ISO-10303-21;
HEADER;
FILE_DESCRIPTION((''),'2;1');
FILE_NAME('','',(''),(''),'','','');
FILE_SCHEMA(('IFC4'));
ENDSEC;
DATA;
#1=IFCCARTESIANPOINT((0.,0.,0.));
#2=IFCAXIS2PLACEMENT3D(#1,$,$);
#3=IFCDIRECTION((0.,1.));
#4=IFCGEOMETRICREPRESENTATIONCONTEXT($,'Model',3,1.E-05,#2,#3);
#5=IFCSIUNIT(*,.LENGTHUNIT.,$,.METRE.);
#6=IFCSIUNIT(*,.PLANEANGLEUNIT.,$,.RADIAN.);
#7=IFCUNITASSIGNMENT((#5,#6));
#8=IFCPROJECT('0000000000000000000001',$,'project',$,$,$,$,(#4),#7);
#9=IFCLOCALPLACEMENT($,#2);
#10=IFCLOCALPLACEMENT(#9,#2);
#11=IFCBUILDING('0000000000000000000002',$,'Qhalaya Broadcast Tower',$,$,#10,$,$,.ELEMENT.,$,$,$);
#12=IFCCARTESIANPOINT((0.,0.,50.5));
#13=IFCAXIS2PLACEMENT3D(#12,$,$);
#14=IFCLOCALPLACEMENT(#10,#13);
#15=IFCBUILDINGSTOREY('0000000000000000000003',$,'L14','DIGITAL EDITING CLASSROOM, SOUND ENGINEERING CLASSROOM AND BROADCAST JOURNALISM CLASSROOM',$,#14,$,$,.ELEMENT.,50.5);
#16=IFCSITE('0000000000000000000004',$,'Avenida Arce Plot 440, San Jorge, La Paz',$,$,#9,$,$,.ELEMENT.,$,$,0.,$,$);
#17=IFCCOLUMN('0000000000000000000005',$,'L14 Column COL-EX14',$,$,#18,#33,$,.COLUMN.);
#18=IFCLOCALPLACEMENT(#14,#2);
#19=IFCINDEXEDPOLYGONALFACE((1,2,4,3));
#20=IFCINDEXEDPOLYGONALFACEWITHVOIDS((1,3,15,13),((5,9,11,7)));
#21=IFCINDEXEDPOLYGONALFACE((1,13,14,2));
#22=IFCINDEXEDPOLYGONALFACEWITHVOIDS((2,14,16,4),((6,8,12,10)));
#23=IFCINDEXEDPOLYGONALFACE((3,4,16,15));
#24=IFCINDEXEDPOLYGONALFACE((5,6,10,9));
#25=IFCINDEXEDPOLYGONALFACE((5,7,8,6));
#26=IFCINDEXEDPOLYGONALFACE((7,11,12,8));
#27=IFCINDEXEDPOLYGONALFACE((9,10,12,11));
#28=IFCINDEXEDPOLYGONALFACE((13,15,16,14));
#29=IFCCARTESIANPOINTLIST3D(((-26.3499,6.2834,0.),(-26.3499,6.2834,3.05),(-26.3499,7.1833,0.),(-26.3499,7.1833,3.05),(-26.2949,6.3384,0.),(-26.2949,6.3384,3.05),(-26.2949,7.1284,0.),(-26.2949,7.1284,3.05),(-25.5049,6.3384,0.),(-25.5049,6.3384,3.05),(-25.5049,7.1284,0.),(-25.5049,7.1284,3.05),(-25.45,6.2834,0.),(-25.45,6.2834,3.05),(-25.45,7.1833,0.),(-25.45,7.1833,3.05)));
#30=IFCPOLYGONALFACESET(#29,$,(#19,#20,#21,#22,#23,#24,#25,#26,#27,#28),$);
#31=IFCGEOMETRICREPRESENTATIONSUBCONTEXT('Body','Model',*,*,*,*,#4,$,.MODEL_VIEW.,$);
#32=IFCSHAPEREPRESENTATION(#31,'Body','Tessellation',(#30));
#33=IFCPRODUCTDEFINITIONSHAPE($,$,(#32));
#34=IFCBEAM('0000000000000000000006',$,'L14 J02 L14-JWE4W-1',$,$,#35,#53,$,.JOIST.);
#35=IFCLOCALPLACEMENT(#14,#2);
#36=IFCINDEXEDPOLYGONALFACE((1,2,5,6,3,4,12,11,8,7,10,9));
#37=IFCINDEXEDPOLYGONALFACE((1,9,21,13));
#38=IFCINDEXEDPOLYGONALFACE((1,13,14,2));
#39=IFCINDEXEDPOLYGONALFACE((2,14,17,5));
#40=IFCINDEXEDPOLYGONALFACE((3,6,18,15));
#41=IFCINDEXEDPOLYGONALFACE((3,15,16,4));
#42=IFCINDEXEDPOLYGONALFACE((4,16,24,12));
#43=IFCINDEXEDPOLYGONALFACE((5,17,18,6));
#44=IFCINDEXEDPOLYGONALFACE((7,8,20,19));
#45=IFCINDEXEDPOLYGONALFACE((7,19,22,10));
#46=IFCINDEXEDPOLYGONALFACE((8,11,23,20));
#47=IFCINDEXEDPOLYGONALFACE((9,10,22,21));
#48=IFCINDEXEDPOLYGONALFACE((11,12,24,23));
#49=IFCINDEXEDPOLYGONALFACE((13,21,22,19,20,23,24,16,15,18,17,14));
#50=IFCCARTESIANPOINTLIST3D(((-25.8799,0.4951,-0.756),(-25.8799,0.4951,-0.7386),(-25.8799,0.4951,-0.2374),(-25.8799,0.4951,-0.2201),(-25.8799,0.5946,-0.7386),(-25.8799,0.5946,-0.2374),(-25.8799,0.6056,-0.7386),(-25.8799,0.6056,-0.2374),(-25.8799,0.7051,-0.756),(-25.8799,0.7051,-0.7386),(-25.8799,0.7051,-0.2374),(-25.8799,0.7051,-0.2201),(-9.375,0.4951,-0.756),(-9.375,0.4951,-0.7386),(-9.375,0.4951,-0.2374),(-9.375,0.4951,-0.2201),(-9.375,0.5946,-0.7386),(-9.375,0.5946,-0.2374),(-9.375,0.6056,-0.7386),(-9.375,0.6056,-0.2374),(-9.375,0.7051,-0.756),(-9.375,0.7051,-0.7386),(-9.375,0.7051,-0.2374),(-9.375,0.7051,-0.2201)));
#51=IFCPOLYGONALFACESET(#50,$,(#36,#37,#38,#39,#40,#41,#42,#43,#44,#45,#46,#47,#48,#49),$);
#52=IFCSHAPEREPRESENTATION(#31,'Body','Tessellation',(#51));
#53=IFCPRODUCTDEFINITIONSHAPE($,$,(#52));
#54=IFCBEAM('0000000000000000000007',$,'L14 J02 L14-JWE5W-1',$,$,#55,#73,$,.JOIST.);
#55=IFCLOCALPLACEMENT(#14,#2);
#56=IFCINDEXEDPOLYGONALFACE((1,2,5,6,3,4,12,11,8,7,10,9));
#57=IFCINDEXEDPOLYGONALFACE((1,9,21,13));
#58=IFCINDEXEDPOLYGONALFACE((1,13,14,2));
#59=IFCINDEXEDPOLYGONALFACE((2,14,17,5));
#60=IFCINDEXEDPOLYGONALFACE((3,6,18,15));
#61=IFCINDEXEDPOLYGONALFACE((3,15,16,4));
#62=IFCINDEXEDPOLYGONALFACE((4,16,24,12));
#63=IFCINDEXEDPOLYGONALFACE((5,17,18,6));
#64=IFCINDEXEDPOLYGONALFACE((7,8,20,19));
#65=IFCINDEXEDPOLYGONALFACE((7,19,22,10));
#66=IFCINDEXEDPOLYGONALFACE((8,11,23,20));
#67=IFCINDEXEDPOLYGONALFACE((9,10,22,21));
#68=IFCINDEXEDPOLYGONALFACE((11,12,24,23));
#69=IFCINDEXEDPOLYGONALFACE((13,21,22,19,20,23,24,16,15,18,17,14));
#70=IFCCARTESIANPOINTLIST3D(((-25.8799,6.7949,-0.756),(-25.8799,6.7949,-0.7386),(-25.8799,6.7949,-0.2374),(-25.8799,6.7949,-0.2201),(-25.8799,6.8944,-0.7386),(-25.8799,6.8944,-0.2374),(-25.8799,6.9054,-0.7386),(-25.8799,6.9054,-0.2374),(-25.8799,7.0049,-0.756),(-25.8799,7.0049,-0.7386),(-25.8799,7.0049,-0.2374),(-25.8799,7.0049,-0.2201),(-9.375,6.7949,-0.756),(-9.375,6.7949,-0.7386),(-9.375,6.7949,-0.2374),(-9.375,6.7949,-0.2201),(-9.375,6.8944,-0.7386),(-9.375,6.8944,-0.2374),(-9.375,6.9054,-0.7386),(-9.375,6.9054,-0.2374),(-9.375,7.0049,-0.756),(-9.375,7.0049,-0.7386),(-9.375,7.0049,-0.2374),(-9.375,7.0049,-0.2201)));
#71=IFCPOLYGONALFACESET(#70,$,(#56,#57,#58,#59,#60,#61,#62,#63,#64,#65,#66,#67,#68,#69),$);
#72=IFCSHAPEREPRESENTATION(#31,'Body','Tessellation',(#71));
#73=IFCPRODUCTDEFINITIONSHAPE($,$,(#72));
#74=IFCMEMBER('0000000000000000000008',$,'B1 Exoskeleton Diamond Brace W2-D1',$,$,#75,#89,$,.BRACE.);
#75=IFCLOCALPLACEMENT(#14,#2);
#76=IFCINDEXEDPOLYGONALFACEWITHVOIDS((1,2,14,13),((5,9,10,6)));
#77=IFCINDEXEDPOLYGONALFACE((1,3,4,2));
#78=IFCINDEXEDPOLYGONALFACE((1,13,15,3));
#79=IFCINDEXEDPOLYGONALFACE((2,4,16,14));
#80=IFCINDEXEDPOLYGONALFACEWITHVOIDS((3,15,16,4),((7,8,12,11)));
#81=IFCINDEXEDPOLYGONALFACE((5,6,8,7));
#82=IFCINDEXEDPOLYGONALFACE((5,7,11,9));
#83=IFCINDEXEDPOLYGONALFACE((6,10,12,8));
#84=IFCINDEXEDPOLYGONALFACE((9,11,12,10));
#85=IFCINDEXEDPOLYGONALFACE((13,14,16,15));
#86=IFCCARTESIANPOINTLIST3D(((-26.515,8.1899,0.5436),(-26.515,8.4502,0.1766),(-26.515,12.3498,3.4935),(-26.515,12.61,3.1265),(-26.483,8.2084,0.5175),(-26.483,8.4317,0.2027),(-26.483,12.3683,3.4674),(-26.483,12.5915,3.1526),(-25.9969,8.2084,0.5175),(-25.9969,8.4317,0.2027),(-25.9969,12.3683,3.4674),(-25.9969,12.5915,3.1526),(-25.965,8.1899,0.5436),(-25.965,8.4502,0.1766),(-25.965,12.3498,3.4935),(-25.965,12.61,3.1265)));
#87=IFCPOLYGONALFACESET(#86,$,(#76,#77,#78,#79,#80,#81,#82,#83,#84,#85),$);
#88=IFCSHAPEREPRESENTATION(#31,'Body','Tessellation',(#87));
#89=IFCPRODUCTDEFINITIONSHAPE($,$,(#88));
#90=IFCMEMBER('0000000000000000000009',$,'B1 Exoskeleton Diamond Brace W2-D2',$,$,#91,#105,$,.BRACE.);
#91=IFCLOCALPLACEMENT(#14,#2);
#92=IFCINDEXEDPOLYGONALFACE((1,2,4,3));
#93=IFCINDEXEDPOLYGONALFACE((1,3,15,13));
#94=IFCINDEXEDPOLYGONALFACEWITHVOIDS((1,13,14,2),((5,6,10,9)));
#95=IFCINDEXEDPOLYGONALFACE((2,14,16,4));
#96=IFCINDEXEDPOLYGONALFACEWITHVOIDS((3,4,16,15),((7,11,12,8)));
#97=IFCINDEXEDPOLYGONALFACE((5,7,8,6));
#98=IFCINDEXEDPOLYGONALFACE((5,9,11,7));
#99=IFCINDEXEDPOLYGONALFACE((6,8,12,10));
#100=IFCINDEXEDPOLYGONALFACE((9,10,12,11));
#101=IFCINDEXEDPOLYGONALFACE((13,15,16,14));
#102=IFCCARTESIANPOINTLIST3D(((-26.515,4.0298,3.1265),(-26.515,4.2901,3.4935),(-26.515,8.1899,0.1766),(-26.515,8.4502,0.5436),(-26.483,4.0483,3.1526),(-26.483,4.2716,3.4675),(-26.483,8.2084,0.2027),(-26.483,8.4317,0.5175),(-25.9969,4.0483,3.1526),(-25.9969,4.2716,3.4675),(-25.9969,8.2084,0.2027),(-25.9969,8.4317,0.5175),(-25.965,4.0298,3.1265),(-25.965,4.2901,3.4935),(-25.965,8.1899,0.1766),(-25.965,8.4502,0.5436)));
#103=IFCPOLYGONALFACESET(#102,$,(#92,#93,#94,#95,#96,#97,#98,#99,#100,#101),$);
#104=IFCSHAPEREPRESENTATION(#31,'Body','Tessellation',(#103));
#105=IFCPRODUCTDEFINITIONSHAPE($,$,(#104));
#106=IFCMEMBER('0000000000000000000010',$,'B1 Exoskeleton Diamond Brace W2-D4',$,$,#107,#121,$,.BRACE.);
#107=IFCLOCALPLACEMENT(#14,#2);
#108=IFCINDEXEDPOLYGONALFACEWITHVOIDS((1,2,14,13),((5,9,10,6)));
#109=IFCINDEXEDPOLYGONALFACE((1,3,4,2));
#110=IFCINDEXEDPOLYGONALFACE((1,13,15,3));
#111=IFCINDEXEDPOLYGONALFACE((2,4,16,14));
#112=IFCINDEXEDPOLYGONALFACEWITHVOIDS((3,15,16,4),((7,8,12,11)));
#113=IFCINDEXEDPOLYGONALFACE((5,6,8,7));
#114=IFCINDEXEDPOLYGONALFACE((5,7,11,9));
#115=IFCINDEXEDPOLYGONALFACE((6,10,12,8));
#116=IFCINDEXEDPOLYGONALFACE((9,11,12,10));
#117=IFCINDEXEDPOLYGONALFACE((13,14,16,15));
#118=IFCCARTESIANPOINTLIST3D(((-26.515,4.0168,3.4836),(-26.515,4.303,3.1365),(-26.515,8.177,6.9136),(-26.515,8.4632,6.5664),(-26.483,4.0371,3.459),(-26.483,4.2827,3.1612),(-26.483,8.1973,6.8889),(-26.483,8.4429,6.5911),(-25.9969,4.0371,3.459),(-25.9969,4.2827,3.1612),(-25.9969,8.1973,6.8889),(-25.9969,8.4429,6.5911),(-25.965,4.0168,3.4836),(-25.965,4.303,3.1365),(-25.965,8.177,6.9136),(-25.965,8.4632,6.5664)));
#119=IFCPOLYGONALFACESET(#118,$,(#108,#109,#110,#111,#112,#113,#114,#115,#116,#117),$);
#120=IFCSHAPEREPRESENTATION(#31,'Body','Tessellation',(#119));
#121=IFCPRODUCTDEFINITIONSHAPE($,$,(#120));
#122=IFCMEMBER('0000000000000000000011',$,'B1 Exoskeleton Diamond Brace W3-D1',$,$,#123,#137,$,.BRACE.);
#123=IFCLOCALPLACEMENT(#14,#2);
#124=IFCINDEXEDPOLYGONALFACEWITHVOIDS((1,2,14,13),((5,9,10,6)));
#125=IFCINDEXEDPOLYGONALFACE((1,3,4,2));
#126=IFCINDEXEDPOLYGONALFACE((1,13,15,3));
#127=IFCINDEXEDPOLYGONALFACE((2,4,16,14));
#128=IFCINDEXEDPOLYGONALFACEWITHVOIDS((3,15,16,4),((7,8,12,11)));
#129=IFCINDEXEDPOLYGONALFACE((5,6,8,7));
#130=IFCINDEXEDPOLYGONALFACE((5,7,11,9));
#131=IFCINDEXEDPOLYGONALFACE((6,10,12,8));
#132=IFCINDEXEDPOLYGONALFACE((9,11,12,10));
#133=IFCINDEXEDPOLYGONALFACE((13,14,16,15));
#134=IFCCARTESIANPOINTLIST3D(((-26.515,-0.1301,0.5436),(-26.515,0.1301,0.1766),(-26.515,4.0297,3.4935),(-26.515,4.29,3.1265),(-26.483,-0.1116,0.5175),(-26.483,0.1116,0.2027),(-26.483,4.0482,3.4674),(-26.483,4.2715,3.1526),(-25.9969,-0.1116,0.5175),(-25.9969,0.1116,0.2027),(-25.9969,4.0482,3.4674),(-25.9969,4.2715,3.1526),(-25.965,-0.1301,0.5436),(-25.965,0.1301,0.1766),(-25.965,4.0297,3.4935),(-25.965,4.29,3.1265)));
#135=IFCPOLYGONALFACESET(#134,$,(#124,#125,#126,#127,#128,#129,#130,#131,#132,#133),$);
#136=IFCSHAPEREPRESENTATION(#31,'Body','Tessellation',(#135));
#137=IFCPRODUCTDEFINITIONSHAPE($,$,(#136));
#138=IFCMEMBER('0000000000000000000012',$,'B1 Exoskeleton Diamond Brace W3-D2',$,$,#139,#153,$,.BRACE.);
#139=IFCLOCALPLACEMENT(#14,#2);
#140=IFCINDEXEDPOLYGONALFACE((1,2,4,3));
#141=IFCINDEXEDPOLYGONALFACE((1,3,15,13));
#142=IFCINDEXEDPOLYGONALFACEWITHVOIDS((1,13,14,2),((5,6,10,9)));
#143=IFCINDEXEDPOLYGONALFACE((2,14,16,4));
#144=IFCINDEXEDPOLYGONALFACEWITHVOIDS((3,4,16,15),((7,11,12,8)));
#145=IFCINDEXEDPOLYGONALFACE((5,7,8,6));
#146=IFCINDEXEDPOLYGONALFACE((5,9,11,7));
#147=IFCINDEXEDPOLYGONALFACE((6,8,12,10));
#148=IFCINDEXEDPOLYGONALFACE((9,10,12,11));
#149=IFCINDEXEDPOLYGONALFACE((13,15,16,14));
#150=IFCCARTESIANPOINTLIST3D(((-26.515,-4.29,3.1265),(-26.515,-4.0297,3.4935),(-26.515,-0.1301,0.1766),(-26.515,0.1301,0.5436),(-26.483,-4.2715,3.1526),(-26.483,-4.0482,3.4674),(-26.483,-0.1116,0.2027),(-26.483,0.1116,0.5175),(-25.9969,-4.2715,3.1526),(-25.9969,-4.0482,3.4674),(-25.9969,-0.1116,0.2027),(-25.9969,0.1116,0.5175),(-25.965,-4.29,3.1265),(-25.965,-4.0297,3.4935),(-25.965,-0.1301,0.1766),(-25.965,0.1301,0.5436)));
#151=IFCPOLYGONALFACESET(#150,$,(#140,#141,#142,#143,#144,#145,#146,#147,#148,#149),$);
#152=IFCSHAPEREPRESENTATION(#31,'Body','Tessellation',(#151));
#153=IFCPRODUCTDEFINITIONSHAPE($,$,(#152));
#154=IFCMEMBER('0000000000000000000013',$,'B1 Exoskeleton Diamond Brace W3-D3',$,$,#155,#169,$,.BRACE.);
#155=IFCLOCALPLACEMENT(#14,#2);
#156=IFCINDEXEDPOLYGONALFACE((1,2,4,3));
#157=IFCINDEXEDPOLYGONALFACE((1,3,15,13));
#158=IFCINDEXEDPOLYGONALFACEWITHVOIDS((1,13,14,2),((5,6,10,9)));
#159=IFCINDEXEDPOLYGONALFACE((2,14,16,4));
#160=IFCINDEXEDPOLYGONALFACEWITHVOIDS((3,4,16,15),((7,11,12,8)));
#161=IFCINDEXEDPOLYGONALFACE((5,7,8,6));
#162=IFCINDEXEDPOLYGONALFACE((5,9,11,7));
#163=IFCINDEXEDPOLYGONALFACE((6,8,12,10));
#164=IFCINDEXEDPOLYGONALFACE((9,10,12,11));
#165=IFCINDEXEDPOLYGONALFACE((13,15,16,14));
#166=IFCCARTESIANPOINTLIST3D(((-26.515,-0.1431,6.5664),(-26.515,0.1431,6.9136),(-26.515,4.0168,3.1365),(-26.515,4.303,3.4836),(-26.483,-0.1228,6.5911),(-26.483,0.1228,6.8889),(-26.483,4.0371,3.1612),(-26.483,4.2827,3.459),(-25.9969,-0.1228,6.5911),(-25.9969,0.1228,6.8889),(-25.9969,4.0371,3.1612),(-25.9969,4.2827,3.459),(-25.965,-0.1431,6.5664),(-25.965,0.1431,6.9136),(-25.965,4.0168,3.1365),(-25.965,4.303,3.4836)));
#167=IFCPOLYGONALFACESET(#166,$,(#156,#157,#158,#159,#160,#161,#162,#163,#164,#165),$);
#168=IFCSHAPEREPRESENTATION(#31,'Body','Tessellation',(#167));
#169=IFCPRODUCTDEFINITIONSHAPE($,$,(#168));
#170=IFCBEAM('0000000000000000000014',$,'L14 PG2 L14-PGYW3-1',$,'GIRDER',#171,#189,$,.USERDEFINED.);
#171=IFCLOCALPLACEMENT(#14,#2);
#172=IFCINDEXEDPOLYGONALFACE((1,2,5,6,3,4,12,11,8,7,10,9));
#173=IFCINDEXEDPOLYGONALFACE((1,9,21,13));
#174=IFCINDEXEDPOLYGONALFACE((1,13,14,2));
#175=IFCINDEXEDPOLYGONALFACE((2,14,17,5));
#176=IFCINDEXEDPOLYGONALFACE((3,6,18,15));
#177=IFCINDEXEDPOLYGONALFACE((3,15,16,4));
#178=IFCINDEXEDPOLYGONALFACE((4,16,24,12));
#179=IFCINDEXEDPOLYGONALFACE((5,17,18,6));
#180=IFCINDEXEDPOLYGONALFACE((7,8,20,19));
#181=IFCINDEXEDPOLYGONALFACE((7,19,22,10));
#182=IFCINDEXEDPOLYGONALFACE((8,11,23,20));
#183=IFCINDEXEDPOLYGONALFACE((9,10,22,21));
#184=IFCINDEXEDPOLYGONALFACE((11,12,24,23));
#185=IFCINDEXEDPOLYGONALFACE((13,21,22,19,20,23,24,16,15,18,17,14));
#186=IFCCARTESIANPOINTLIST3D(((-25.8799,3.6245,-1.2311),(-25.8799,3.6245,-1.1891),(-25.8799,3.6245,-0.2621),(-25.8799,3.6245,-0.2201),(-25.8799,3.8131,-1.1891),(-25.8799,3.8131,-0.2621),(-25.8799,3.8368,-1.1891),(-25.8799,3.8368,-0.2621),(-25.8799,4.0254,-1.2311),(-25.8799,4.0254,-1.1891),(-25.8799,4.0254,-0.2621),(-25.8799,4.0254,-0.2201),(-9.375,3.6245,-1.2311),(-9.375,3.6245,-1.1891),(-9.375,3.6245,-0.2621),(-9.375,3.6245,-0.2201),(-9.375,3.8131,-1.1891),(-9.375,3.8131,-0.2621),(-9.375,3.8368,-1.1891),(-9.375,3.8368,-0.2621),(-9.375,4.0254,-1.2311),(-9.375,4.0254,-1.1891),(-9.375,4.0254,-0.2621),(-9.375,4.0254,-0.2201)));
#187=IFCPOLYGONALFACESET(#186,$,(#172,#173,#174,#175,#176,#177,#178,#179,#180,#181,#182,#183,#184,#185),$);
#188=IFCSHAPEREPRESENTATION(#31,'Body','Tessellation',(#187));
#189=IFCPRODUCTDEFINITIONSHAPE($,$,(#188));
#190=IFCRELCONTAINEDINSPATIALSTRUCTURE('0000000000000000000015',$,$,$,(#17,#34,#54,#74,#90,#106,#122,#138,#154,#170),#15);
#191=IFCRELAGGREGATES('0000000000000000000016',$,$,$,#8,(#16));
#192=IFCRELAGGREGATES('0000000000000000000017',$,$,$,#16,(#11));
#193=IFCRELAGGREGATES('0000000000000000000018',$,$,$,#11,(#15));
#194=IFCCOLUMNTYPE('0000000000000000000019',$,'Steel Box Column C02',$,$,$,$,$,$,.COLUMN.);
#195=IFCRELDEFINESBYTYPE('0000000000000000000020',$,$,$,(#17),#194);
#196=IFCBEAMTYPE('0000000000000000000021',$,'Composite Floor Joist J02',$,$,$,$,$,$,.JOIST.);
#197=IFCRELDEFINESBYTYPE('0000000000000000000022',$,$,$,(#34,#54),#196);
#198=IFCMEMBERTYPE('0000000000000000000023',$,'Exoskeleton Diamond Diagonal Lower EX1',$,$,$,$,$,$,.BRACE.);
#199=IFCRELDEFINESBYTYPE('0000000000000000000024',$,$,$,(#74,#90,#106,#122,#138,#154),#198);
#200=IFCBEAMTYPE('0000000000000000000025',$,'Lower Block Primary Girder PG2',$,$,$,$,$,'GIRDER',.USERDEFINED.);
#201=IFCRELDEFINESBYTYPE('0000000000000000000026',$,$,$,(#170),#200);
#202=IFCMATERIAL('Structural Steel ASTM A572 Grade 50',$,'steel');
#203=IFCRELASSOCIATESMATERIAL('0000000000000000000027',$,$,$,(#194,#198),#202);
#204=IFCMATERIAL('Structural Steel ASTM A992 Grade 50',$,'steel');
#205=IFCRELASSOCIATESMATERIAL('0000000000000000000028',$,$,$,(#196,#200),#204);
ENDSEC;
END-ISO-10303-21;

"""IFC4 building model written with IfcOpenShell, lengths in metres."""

from ifc_helpers import new_model, si_unit, direction, frame, origin, origin_2d, place, context, subcontext, project, spatial, hollow_rectangle, i_section, extrude, material, material_profile, profile_set, type_object, element, save


model = new_model("IFC4")

# Units and contexts
model_context = context("Model", 3, precision=1e-05, world=origin(), true_north=direction((0.0, 1.0)))
body_context = subcontext(model_context, "Body", "Model", "MODEL_VIEW")
ifc_project = project(units=[si_unit("LENGTHUNIT", "METRE"), si_unit("PLANEANGLEUNIT", "RADIAN")], contexts=[model_context])

# Site, building, storey
site_placement = place(None, origin())
site = spatial("IfcSite", under=ifc_project, at=site_placement, Name="Avenida Arce Plot 440, San Jorge, La Paz", CompositionType="ELEMENT", RefElevation=0.0)
building_placement = place(site_placement, origin())
building = spatial("IfcBuilding", under=site, at=building_placement, Name="Qhalaya Broadcast Tower", CompositionType="ELEMENT")
storey_placement = place(building_placement, frame((0.0, 0.0, 50.5)))
storey = spatial("IfcBuildingStorey", under=building, at=storey_placement, Name="L14", Description="DIGITAL EDITING CLASSROOM, SOUND ENGINEERING CLASSROOM AND BROADCAST JOURNALISM CLASSROOM", CompositionType="ELEMENT", Elevation=50.5)

# Column
ifc_material_1 = material(Name="Structural Steel ASTM A572 Grade 50", Category="steel")
ifc_material_profile_1 = material_profile(ifc_material_1, hollow_rectangle(XDim=0.8999, YDim=0.8999, WallThickness=0.0549, at=origin_2d()), Name="BOX 900x900x55")
ifc_profile_set_1 = profile_set([ifc_material_profile_1], Name="Structural Steel ASTM A572 Grade 50")
column_type = type_object("IfcColumnType", Name="Steel Box Column C02", PredefinedType="COLUMN", material=ifc_profile_set_1)
column_placement = place(storey_placement, frame((-25.8999, 6.7334, 0.0), z_axis=(0.0, 0.0, 1.0), x_axis=(0.0, 1.0, 0.0)))
element("IfcColumn", 1, at=column_placement, inside=storey, type_object=column_type, Name="L14 Column COL-EX14", PredefinedType="COLUMN", context=body_context, shape_type="SweptSolid", body=[
    extrude(hollow_rectangle(XDim=0.8999, YDim=0.8999, WallThickness=0.0549, at=origin_2d()), origin(), (0.0, 0.0, 1.0), 3.05),
])

# Beams
ifc_material_2 = material(Name="Structural Steel ASTM A992 Grade 50", Category="steel")
ifc_material_profile_2 = material_profile(ifc_material_2, i_section(OverallWidth=0.21, OverallDepth=0.5359, WebThickness=0.011, FlangeThickness=0.0173, at=origin_2d()), Name="W21X68")
ifc_profile_set_2 = profile_set([ifc_material_profile_2], Name="Structural Steel ASTM A992 Grade 50")
beam_type_1 = type_object("IfcBeamType", Name="Composite Floor Joist J02", PredefinedType="JOIST", material=ifc_profile_set_2)
for number, where, z_axis, x_axis, name in (
    (2, (-25.8799, 0.6001, -0.488), (1.0, 0.0, 0.0), (0.0, 1.0, 0.0), "L14 J02 L14-JWE4W-1"),
    (3, (-25.8799, 6.8999, -0.488), (1.0, 0.0, 0.0), (0.0, 1.0, 0.0), "L14 J02 L14-JWE5W-1"),
):
    element("IfcBeam", number, at=place(storey_placement, frame(where, z_axis=z_axis, x_axis=x_axis)), inside=storey, type_object=beam_type_1, Name=name, PredefinedType="JOIST", context=body_context, shape_type="SweptSolid", body=[
        extrude(i_section(OverallWidth=0.21, OverallDepth=0.5359, WebThickness=0.011, FlangeThickness=0.0173, at=origin_2d()), origin(), (0.0, 0.0, 1.0), 16.5049),
    ])

# Members
ifc_material_profile_3 = material_profile(ifc_material_1, hollow_rectangle(XDim=0.45, YDim=0.55, WallThickness=0.032, at=origin_2d()), Name="BOX 450x550x32")
ifc_profile_set_3 = profile_set([ifc_material_profile_3], Name="Structural Steel ASTM A572 Grade 50")
member_type = type_object("IfcMemberType", Name="Exoskeleton Diamond Diagonal Lower EX1", PredefinedType="BRACE", material=ifc_profile_set_3)
member_1_placement = place(storey_placement, frame((-26.24, 8.3201, 0.3601), z_axis=(0.0, 0.815715, 0.578454), x_axis=(0.0, -0.578454, 0.815715)))
element("IfcMember", 4, at=member_1_placement, inside=storey, type_object=member_type, Name="B1 Exoskeleton Diamond Brace W2-D1", PredefinedType="BRACE", context=body_context, shape_type="SweptSolid", body=[
    extrude(hollow_rectangle(XDim=0.45, YDim=0.55, WallThickness=0.032, at=origin_2d()), origin(), (0.0, 0.0, 1.0), 5.0996),
])
member_2_placement = place(storey_placement, frame((-26.24, 8.3201, 0.3601), z_axis=(0.0, -0.815731, 0.578432), x_axis=(0.0, 0.578432, 0.815731)))
element("IfcMember", 5, at=member_2_placement, inside=storey, type_object=member_type, Name="B1 Exoskeleton Diamond Brace W2-D2", PredefinedType="BRACE", context=body_context, shape_type="SweptSolid", body=[
    extrude(hollow_rectangle(XDim=0.45, YDim=0.55, WallThickness=0.032, at=origin_2d()), origin(), (0.0, 0.0, 1.0), 5.0999),
])
member_3_placement = place(storey_placement, frame((-26.24, 4.1599, 3.3101), z_axis=(0.0, 0.771573, 0.63614), x_axis=(0.0, -0.63614, 0.771573)))
element("IfcMember", 6, at=member_3_placement, inside=storey, type_object=member_type, Name="B1 Exoskeleton Diamond Brace W2-D4", PredefinedType="BRACE", context=body_context, shape_type="SweptSolid", body=[
    extrude(hollow_rectangle(XDim=0.45, YDim=0.55, WallThickness=0.032, at=origin_2d()), origin(), (0.0, 0.0, 1.0), 5.3918),
])
for number, where, z_axis, x_axis, name in (
    (7, (-26.24, 0.0, 0.3601), (0.0, 0.815715, 0.578454), (0.0, -0.578454, 0.815715), "B1 Exoskeleton Diamond Brace W3-D1"),
    (8, (-26.24, 0.0, 0.3601), (0.0, -0.815715, 0.578454), (0.0, 0.578454, 0.815715), "B1 Exoskeleton Diamond Brace W3-D2"),
):
    element("IfcMember", number, at=place(storey_placement, frame(where, z_axis=z_axis, x_axis=x_axis)), inside=storey, type_object=member_type, Name=name, PredefinedType="BRACE", context=body_context, shape_type="SweptSolid", body=[
        extrude(hollow_rectangle(XDim=0.45, YDim=0.55, WallThickness=0.032, at=origin_2d()), origin(), (0.0, 0.0, 1.0), 5.0996),
    ])
member_4_placement = place(storey_placement, frame((-26.24, 4.1599, 3.3101), z_axis=(0.0, -0.771555, 0.636163), x_axis=(0.0, 0.636163, 0.771555)))
element("IfcMember", 9, at=member_4_placement, inside=storey, type_object=member_type, Name="B1 Exoskeleton Diamond Brace W3-D3", PredefinedType="BRACE", context=body_context, shape_type="SweptSolid", body=[
    extrude(hollow_rectangle(XDim=0.45, YDim=0.55, WallThickness=0.032, at=origin_2d()), origin(), (0.0, 0.0, 1.0), 5.3916),
])

# Beam
ifc_material_profile_4 = material_profile(ifc_material_2, i_section(OverallWidth=0.4009, OverallDepth=1.011, WebThickness=0.0237, FlangeThickness=0.042, at=origin_2d()), Name="W40X297")
ifc_profile_set_4 = profile_set([ifc_material_profile_4], Name="Structural Steel ASTM A992 Grade 50")
beam_type_2 = type_object("IfcBeamType", Name="Lower Block Primary Girder PG2", ElementType="GIRDER", PredefinedType="USERDEFINED", material=ifc_profile_set_4)
for number, where, z_axis, x_axis, name in (
    (10, (-25.8799, 3.825, -0.7256), (1.0, 0.0, 0.0), (0.0, 1.0, 0.0), "L14 PG2 L14-PGYW3-1"),
):
    element("IfcBeam", number, at=place(storey_placement, frame(where, z_axis=z_axis, x_axis=x_axis)), inside=storey, type_object=beam_type_2, Name=name, ObjectType="GIRDER", PredefinedType="USERDEFINED", context=body_context, shape_type="SweptSolid", body=[
        extrude(i_section(OverallWidth=0.4009, OverallDepth=1.011, WebThickness=0.0237, FlangeThickness=0.042, at=origin_2d()), origin(), (0.0, 0.0, 1.0), 16.5049),
    ])

save(model, "model.ifc")
